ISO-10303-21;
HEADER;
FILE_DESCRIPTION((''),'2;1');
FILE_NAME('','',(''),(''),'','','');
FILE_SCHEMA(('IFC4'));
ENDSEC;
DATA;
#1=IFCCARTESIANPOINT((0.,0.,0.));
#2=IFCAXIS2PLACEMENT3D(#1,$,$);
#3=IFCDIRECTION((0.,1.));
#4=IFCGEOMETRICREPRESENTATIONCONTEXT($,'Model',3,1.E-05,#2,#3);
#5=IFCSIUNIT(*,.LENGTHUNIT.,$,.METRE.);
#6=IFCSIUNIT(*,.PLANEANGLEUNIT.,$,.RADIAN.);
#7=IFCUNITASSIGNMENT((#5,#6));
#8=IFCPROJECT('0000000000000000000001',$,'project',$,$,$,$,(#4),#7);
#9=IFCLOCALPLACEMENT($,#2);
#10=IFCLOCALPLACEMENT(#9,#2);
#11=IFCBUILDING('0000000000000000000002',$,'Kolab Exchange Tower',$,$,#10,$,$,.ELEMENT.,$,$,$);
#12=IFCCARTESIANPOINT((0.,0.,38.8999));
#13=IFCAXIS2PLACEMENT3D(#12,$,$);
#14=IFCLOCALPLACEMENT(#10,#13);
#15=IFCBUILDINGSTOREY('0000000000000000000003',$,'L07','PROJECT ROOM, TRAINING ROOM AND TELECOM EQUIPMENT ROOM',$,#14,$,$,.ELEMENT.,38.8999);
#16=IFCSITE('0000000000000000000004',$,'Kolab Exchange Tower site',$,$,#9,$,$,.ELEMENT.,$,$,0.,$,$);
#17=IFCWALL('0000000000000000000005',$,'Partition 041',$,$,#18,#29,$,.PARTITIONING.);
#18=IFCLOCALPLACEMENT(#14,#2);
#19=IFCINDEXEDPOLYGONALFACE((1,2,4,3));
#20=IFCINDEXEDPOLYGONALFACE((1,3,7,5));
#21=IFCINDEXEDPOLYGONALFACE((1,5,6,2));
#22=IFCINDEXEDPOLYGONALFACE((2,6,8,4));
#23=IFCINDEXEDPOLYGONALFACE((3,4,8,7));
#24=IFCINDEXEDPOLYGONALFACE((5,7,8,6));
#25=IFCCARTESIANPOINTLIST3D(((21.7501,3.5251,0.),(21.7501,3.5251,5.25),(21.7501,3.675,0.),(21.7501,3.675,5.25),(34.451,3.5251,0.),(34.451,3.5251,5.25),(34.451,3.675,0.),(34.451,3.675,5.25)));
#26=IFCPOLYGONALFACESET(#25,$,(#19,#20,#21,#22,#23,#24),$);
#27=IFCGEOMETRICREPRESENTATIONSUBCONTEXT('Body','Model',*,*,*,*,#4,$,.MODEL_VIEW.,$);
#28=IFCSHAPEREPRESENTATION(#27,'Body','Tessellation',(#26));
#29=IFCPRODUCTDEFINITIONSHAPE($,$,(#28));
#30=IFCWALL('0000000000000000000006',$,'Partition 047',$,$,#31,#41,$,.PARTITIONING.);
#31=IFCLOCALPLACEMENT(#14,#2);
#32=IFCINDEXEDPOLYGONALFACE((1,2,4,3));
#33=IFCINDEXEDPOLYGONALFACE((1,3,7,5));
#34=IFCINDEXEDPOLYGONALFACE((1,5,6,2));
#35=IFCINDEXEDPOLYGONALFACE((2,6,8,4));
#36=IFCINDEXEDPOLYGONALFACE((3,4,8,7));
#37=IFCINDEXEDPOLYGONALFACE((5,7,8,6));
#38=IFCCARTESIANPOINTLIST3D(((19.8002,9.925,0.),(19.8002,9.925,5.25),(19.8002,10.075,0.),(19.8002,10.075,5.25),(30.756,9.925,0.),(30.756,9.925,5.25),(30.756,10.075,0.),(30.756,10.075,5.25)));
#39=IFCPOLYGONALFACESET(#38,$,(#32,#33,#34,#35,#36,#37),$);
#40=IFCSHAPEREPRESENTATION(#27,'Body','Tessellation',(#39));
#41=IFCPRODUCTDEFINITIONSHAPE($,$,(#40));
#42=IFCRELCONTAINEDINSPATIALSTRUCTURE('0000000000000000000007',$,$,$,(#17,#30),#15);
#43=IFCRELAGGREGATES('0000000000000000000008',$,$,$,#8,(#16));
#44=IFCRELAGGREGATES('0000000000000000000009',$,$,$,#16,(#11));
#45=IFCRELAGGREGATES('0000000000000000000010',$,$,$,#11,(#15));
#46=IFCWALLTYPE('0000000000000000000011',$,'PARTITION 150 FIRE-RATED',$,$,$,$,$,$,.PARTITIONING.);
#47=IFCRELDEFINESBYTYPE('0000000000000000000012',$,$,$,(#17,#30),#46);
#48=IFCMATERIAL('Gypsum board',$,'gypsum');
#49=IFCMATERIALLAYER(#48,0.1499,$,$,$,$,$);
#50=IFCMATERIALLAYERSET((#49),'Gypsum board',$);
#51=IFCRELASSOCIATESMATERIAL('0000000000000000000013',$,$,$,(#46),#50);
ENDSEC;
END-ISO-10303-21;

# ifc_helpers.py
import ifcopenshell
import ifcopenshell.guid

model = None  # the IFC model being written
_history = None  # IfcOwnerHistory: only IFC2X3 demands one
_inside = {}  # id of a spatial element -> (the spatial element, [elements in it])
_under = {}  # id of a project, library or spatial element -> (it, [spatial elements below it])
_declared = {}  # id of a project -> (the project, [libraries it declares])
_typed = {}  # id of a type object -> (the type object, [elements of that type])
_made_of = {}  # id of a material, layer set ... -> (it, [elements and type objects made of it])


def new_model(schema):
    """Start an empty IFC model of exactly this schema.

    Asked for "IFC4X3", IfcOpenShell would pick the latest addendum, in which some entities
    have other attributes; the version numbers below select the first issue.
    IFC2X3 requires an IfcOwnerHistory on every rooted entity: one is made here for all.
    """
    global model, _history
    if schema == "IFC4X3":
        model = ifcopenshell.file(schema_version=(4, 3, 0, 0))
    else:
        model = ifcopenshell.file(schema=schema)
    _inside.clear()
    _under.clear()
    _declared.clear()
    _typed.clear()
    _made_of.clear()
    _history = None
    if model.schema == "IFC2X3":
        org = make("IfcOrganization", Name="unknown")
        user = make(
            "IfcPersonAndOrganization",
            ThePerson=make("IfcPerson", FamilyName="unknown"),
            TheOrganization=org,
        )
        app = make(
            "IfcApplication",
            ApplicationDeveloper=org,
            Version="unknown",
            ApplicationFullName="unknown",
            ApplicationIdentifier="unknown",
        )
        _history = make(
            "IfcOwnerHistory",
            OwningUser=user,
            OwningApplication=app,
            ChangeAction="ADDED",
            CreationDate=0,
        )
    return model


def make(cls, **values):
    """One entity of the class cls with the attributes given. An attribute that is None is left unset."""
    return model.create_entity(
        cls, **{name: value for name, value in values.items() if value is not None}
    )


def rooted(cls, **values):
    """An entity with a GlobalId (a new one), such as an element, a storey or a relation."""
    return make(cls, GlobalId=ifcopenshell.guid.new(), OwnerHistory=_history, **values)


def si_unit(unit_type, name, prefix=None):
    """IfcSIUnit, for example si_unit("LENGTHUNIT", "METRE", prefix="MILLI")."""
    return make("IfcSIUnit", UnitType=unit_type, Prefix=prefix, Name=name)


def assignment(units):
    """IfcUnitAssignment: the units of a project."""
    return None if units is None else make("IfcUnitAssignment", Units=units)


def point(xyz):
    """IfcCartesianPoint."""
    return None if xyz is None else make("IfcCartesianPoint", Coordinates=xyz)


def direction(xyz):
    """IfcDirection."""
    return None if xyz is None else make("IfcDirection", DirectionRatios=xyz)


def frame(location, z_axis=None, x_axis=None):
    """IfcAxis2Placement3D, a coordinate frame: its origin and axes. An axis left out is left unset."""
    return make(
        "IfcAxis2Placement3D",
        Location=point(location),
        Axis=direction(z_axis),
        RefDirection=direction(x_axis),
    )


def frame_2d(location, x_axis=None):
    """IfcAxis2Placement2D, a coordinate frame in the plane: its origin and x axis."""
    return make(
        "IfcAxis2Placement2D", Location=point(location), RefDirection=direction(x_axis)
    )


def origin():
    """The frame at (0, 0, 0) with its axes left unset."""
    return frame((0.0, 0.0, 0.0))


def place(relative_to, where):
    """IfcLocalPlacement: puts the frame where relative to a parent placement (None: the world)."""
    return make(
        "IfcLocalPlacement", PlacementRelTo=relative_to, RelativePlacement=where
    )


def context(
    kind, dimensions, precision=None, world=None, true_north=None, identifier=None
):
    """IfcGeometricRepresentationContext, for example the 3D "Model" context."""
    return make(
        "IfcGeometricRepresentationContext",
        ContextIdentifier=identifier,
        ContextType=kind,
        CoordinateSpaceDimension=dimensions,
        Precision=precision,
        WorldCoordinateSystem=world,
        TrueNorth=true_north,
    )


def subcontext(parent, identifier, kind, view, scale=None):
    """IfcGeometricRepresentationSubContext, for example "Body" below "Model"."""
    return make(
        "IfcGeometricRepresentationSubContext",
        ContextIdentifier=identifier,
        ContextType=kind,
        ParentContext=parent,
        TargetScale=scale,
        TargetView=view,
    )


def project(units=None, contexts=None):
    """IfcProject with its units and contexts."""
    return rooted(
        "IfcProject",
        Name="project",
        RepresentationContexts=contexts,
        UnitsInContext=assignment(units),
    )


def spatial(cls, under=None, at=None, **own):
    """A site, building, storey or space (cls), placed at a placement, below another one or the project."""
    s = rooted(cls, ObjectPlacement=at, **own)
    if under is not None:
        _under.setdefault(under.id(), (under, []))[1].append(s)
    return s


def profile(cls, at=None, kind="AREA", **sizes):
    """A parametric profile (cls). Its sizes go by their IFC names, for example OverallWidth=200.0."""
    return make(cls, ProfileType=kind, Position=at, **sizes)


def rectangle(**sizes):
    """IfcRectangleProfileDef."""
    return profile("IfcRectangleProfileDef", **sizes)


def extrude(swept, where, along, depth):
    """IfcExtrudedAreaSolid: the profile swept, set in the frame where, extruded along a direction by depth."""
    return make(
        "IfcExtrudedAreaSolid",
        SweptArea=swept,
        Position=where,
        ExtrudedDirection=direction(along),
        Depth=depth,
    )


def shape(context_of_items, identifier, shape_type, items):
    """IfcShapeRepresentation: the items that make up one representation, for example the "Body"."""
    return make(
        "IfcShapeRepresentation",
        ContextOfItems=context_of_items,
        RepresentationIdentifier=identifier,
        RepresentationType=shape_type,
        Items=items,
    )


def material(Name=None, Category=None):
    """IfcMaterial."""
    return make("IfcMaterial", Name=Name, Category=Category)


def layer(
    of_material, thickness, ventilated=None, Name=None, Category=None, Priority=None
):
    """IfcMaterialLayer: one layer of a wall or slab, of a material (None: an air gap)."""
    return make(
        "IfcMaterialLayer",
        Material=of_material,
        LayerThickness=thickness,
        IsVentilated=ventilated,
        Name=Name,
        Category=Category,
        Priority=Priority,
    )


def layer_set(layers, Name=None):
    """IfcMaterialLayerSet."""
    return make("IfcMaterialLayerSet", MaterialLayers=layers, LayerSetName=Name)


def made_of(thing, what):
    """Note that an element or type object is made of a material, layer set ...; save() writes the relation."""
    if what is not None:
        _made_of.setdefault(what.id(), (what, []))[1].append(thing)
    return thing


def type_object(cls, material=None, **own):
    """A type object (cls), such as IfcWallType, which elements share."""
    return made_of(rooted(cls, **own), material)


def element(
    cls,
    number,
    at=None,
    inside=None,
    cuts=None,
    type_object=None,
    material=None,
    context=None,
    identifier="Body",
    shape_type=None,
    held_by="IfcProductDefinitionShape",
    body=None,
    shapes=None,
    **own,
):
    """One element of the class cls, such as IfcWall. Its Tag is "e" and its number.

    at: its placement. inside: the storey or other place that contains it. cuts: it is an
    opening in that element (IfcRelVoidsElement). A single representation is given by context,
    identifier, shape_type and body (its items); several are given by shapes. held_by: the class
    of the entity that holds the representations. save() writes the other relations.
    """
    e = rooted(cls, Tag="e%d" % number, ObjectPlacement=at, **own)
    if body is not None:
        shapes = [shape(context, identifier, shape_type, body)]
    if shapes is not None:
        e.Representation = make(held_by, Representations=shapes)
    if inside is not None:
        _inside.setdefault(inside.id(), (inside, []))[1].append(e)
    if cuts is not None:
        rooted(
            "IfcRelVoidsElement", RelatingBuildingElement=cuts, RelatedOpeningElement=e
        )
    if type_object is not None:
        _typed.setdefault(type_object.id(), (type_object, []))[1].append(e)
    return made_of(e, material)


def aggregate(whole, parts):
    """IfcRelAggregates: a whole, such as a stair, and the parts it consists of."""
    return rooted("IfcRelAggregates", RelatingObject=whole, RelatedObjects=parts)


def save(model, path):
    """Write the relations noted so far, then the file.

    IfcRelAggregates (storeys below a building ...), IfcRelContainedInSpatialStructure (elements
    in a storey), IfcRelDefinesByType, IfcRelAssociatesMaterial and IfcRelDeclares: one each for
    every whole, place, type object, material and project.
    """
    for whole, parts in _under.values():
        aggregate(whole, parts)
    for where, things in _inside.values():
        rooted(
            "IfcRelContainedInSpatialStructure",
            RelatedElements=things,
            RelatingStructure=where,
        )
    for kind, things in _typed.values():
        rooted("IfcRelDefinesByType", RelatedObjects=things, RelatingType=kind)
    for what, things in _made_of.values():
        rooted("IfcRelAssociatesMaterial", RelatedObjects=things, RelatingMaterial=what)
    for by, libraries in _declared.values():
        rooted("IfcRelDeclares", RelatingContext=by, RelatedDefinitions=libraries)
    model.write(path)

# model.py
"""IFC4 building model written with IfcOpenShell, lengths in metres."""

from ifc_helpers import new_model, si_unit, direction, frame, frame_2d, origin, place, context, subcontext, project, spatial, rectangle, extrude, material, layer, layer_set, type_object, element, save


model = new_model("IFC4")

# Units and contexts
model_context = context("Model", 3, precision=1e-05, world=origin(), true_north=direction((0.0, 1.0)))
body_context = subcontext(model_context, "Body", "Model", "MODEL_VIEW")
ifc_project = project(units=[si_unit("LENGTHUNIT", "METRE"), si_unit("PLANEANGLEUNIT", "RADIAN")], contexts=[model_context])

# Site, building, storey
site_placement = place(None, origin())
site = spatial("IfcSite", under=ifc_project, at=site_placement, Name="Kolab Exchange Tower site", CompositionType="ELEMENT", RefElevation=0.0)
building_placement = place(site_placement, origin())
building = spatial("IfcBuilding", under=site, at=building_placement, Name="Kolab Exchange Tower", CompositionType="ELEMENT")
storey_placement = place(building_placement, frame((0.0, 0.0, 38.8999)))
storey = spatial("IfcBuildingStorey", under=building, at=storey_placement, Name="L07", Description="PROJECT ROOM, TRAINING ROOM AND TELECOM EQUIPMENT ROOM", CompositionType="ELEMENT", Elevation=38.8999)

# Walls
ifc_material_1 = material(Name="Gypsum board", Category="gypsum")
ifc_layer_1 = layer(ifc_material_1, 0.1499)
ifc_layer_set_1 = layer_set([ifc_layer_1], Name="Gypsum board")
wall_type = type_object("IfcWallType", Name="PARTITION 150 FIRE-RATED", PredefinedType="PARTITIONING", material=ifc_layer_set_1)
wall_1_placement = place(storey_placement, frame((21.75, 3.6001, 0.0), z_axis=(0.0, 0.0, 1.0), x_axis=(1.0, 0.0, 0.0)))
element("IfcWall", 1, at=wall_1_placement, inside=storey, type_object=wall_type, Name="Partition 041", PredefinedType="PARTITIONING", context=body_context, shape_type="SweptSolid", body=[
    extrude(rectangle(XDim=12.7009, YDim=0.1499, at=frame_2d((6.3506, 0.0))), origin(), (0.0, 0.0, 1.0), 5.25),
])
wall_2_placement = place(storey_placement, frame((19.8, 10.0, 0.0), z_axis=(0.0, 0.0, 1.0), x_axis=(1.0, 0.0, 0.0)))
element("IfcWall", 2, at=wall_2_placement, inside=storey, type_object=wall_type, Name="Partition 047", PredefinedType="PARTITIONING", context=body_context, shape_type="SweptSolid", body=[
    extrude(rectangle(XDim=10.9558, YDim=0.1499, at=frame_2d((5.478, 0.0))), origin(), (0.0, 0.0, 1.0), 5.25),
])

save(model, "model.ifc")
